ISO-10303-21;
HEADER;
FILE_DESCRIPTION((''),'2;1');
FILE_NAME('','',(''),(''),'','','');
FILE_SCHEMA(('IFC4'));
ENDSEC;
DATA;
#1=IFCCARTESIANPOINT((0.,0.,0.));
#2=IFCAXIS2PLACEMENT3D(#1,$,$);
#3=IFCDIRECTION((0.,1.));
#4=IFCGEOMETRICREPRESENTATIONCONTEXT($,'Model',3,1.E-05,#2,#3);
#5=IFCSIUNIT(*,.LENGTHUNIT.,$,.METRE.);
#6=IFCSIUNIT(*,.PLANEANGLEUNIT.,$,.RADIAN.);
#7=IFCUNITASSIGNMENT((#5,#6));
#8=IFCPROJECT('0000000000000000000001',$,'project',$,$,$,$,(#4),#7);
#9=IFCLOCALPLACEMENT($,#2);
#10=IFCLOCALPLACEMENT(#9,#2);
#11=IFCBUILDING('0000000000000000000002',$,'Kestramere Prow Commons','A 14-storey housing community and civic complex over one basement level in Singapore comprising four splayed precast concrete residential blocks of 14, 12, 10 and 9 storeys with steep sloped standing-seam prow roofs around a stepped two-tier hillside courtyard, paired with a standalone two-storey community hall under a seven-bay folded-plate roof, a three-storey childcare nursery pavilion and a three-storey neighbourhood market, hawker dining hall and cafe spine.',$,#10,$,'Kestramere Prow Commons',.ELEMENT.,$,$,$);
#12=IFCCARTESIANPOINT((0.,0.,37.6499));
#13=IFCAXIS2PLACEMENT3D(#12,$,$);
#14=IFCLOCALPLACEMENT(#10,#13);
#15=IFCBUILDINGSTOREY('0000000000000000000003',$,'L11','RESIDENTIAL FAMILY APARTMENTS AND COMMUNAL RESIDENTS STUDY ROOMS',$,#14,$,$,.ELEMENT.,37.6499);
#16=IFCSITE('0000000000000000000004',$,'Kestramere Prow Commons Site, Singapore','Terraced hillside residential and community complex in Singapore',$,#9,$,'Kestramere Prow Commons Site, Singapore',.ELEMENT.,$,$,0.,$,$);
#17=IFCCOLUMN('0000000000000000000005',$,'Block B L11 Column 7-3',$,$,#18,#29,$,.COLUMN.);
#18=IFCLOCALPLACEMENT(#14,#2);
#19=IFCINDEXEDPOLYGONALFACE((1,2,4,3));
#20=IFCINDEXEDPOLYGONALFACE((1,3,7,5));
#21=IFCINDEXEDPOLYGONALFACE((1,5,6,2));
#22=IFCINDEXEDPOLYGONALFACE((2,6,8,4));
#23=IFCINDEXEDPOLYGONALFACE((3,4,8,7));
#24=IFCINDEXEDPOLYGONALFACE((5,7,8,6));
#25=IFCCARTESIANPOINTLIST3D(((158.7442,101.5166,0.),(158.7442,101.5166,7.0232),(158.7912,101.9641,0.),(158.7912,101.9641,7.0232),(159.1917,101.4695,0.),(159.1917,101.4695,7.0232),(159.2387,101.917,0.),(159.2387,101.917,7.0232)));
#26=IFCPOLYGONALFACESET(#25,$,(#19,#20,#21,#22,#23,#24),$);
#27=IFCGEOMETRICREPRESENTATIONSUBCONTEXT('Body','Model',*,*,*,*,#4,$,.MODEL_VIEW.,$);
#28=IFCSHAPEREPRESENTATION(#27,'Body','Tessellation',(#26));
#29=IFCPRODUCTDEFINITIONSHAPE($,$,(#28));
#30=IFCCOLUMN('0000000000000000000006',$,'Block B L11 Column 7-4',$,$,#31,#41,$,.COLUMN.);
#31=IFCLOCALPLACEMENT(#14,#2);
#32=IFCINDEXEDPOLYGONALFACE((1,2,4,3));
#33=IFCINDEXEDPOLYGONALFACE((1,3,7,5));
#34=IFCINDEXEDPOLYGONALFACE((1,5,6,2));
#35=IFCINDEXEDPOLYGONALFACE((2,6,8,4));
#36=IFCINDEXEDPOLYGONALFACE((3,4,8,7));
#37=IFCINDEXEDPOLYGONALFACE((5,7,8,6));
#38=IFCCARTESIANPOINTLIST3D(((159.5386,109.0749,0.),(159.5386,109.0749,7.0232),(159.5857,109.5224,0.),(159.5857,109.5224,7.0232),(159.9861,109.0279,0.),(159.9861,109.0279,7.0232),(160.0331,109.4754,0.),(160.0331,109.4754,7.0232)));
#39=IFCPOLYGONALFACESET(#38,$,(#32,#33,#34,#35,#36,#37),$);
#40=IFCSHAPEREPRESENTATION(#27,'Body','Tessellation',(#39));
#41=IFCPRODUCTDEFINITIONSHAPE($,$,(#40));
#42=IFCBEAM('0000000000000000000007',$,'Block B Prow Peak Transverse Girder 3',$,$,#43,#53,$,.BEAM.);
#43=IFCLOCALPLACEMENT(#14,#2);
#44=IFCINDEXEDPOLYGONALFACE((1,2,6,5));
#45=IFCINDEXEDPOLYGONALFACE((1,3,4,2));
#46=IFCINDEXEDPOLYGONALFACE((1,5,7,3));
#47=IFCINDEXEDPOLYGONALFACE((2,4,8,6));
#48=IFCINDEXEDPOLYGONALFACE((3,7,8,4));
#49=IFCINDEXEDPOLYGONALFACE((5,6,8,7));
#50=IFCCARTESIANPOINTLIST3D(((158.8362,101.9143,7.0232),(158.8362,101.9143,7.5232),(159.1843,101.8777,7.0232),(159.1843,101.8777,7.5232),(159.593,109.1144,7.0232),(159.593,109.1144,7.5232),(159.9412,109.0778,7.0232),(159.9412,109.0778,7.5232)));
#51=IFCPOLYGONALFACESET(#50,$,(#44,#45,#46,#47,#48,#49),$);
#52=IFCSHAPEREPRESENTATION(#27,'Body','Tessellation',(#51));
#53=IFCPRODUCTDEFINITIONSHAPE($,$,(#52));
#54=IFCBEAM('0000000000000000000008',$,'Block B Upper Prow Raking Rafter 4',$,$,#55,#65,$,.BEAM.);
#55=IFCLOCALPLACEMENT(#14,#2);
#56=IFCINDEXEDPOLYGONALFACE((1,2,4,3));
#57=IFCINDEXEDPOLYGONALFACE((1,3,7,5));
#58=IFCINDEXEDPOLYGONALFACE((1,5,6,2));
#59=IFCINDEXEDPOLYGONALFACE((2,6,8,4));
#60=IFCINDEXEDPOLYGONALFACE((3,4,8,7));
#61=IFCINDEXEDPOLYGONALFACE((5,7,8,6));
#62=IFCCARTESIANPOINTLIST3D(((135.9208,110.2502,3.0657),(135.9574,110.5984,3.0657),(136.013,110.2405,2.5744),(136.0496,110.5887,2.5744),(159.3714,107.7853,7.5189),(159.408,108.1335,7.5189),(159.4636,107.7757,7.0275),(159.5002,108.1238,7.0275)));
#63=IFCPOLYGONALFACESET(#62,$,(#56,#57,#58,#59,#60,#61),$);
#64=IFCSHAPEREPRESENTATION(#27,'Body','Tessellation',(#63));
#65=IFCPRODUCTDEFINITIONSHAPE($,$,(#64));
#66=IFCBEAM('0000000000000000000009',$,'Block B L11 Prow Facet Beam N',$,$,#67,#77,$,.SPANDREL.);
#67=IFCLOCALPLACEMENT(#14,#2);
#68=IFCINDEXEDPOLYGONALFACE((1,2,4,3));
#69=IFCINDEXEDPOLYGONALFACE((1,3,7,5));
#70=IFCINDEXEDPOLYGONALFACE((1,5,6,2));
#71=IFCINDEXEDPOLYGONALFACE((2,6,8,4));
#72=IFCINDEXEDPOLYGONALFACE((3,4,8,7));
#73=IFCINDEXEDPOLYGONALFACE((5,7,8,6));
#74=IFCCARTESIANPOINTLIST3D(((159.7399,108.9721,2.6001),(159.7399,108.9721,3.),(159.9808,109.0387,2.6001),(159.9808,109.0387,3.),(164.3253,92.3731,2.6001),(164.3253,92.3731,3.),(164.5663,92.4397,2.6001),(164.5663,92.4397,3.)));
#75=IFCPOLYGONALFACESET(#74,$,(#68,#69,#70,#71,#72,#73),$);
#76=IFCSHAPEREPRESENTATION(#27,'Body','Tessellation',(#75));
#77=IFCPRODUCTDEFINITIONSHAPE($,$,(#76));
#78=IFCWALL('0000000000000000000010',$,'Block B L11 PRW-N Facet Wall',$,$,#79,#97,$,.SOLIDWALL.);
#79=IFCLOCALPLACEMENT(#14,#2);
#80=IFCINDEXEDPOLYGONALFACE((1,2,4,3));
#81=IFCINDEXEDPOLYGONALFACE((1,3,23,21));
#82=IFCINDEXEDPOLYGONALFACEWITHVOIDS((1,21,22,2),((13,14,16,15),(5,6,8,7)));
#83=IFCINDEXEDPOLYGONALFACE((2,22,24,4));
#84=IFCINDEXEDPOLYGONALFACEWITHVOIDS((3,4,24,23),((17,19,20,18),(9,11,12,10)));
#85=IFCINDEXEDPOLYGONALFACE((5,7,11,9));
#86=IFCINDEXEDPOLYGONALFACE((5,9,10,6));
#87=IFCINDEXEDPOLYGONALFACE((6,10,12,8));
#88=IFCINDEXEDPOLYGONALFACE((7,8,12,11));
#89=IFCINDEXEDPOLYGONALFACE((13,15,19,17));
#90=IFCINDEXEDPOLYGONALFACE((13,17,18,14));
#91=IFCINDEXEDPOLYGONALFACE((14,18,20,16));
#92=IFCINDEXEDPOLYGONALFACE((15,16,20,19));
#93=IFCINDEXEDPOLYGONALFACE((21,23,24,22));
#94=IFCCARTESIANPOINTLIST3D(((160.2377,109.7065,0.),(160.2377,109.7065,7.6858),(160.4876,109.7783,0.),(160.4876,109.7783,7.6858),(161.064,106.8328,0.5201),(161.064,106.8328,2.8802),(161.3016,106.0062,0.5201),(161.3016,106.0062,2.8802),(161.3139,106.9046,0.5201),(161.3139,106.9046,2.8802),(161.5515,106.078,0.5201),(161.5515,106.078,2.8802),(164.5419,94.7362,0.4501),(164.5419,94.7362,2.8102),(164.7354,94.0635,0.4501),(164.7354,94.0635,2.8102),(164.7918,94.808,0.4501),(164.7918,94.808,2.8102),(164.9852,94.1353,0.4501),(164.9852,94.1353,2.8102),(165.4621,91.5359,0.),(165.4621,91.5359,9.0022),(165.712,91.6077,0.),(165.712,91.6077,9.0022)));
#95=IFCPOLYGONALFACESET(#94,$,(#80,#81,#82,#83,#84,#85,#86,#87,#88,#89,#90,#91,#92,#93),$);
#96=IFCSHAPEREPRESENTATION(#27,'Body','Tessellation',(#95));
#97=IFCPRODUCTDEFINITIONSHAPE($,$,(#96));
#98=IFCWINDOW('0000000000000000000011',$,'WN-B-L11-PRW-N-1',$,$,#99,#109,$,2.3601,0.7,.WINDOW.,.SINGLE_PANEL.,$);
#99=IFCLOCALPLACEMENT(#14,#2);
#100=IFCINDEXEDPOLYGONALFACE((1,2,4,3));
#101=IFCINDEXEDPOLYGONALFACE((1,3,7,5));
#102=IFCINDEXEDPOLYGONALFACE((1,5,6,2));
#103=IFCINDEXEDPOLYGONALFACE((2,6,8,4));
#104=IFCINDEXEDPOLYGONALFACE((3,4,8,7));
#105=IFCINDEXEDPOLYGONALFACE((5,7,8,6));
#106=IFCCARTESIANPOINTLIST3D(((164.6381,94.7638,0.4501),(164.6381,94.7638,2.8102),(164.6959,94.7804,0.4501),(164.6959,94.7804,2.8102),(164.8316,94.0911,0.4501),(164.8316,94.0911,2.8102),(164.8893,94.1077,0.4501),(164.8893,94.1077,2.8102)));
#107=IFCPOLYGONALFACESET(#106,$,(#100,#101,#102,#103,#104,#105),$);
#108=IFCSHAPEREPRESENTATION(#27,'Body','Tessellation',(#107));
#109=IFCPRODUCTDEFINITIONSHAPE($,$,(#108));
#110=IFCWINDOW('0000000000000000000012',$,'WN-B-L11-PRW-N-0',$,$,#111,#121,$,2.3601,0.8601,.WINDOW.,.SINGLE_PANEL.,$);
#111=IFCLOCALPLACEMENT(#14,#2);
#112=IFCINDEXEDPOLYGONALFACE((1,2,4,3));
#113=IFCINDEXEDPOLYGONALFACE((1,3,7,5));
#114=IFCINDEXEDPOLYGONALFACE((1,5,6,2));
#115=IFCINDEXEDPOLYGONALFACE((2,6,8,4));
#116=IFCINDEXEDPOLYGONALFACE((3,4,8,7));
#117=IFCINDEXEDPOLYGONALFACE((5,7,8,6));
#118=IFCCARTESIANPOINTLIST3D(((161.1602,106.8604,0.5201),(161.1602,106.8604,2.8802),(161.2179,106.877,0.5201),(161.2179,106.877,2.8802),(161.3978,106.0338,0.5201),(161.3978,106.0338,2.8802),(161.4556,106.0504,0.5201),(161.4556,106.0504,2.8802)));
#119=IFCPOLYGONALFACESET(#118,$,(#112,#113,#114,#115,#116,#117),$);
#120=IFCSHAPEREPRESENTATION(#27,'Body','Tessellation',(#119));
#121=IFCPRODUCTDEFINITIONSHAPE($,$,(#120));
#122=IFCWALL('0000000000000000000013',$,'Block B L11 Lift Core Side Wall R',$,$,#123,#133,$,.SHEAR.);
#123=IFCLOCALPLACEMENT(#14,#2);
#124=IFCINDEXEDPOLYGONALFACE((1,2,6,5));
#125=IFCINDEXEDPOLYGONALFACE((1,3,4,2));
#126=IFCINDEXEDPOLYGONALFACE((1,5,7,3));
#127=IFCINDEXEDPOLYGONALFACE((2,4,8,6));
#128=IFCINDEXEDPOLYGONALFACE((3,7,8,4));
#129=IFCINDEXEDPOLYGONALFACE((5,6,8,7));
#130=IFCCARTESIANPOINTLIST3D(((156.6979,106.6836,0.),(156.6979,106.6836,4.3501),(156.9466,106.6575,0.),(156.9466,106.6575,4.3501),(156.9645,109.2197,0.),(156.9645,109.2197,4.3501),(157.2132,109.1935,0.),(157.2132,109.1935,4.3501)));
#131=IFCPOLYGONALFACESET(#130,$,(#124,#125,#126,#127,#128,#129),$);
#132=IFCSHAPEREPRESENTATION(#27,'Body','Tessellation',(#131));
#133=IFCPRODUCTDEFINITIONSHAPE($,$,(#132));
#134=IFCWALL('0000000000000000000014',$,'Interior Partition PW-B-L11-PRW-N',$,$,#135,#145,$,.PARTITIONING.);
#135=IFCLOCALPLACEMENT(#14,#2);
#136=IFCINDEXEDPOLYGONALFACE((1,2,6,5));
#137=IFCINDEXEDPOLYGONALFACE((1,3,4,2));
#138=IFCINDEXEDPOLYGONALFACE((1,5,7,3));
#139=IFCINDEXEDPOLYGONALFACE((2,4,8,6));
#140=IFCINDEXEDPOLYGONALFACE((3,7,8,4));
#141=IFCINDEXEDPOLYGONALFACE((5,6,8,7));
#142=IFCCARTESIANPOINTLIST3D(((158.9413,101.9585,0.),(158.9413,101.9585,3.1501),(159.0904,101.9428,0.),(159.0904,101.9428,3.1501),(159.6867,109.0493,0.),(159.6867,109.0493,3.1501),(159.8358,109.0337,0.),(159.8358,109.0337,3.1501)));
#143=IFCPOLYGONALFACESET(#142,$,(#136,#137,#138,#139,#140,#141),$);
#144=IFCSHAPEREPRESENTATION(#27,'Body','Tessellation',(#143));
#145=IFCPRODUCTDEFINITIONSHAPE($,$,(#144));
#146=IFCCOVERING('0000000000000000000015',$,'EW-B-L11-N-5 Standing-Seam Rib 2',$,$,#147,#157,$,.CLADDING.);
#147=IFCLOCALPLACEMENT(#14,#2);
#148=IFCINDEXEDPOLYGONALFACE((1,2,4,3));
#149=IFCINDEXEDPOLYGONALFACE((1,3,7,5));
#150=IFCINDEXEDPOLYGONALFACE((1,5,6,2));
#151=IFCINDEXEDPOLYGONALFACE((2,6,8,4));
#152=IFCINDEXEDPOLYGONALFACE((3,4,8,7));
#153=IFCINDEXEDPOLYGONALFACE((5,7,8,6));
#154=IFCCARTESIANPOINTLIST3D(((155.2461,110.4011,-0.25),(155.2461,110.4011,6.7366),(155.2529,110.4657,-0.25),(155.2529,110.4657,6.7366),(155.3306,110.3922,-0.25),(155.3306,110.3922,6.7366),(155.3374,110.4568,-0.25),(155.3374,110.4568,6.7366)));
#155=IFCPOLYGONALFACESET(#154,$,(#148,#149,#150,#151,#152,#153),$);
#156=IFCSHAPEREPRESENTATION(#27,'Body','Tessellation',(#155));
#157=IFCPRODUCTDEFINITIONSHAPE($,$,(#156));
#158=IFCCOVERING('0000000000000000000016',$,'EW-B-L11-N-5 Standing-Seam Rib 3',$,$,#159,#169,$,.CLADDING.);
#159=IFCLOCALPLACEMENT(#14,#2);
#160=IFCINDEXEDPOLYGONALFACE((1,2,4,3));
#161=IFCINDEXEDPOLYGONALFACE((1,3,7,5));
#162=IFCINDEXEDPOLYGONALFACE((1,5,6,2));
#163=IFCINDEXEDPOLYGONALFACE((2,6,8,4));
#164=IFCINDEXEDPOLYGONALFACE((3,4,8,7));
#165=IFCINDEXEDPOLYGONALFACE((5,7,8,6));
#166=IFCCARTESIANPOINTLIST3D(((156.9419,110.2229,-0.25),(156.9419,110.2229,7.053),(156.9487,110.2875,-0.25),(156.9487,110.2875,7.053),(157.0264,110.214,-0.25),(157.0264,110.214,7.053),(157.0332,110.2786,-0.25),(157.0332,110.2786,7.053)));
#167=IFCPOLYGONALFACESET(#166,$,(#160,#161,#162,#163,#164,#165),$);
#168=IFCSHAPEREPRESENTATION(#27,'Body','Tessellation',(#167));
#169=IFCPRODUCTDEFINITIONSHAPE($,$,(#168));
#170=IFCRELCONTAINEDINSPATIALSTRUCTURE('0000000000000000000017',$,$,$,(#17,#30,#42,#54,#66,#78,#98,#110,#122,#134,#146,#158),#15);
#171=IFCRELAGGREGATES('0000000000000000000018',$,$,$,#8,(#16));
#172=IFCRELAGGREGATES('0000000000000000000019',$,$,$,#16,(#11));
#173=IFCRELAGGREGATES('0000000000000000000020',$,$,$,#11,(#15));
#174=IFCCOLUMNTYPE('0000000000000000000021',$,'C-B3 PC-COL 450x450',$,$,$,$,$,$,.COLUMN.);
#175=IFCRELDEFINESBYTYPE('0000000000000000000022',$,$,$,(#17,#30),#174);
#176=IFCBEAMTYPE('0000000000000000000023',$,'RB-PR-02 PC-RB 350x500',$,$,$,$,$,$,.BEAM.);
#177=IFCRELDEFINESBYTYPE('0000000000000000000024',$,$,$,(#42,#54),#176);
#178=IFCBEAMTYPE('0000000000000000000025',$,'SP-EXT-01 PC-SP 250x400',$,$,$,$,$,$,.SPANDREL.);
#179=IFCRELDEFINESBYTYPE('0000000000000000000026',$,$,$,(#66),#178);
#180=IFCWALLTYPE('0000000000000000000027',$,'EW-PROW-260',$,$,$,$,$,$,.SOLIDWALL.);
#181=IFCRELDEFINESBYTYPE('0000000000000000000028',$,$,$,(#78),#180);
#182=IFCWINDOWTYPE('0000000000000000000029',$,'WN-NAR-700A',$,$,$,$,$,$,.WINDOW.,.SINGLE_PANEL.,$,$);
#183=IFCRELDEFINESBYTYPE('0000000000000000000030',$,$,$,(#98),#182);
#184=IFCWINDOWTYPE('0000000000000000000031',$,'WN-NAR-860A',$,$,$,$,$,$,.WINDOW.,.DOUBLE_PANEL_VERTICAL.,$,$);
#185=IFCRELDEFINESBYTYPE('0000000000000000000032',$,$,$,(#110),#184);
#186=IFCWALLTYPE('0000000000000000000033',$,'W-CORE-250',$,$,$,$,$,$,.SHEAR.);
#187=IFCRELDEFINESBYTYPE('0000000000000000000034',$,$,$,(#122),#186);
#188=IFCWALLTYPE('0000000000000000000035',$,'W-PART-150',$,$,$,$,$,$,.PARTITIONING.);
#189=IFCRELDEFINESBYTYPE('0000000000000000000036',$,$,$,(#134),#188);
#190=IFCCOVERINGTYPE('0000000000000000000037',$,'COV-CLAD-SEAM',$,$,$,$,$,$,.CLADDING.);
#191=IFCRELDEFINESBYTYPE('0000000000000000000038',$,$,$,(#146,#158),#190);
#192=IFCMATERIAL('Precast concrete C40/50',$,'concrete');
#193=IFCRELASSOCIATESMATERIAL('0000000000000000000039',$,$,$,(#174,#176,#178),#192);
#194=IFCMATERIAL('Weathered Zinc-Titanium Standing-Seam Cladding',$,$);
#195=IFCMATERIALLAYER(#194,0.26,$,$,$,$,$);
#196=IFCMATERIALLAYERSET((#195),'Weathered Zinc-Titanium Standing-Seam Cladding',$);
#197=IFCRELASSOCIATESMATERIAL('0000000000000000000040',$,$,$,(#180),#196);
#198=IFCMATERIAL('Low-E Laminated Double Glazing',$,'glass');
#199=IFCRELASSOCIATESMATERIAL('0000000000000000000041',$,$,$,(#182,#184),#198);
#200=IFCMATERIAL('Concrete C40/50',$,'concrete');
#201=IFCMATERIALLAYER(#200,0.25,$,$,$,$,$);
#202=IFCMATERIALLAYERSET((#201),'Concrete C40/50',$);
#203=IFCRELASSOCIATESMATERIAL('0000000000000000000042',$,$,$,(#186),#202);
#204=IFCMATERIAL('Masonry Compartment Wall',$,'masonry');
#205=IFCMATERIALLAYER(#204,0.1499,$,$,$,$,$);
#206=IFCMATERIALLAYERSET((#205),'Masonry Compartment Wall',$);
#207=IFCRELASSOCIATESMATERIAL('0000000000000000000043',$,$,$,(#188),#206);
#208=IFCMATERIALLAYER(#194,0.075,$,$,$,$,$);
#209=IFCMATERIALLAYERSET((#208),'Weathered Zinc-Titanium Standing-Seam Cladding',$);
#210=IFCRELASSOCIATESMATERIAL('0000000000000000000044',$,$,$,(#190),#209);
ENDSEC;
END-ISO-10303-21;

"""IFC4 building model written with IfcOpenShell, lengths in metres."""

from ifc_helpers import new_model, si_unit, direction, frame, frame_2d, origin, origin_2d, place, context, subcontext, project, spatial, polyline, rectangle, outline, extrude, material, layer, layer_set, material_profile, profile_set, type_object, element, fill, save


model = new_model("IFC4")

# Units and contexts
model_context = context("Model", 3, precision=1e-05, world=origin(), true_north=direction((0.0, 1.0)))
body_context = subcontext(model_context, "Body", "Model", "MODEL_VIEW")
ifc_project = project(units=[si_unit("LENGTHUNIT", "METRE"), si_unit("PLANEANGLEUNIT", "RADIAN")], contexts=[model_context])

# Site, building, storey
site_placement = place(None, origin())
site = spatial("IfcSite", under=ifc_project, at=site_placement, Name="Kestramere Prow Commons Site, Singapore", Description="Terraced hillside residential and community complex in Singapore", LongName="Kestramere Prow Commons Site, Singapore", CompositionType="ELEMENT", RefElevation=0.0)
building_placement = place(site_placement, origin())
building = spatial("IfcBuilding", under=site, at=building_placement, Name="Kestramere Prow Commons", Description="A 14-storey housing community and civic complex over one basement level in Singapore comprising four splayed precast concrete residential blocks of 14, 12, 10 and 9 storeys with steep sloped standing-seam prow roofs around a stepped two-tier hillside courtyard, paired with a standalone two-storey community hall under a seven-bay folded-plate roof, a three-storey childcare nursery pavilion and a three-storey neighbourhood market, hawker dining hall and cafe spine.", LongName="Kestramere Prow Commons", CompositionType="ELEMENT")
storey_placement = place(building_placement, frame((0.0, 0.0, 37.6499)))
storey = spatial("IfcBuildingStorey", under=building, at=storey_placement, Name="L11", Description="RESIDENTIAL FAMILY APARTMENTS AND COMMUNAL RESIDENTS STUDY ROOMS", CompositionType="ELEMENT", Elevation=37.6499)

# Columns
ifc_material_1 = material(Name="Precast concrete C40/50", Category="concrete")
ifc_material_profile_1 = material_profile(ifc_material_1, rectangle(XDim=0.45, YDim=0.45, at=origin_2d()), Name="PC-COL 450x450")
ifc_profile_set_1 = profile_set([ifc_material_profile_1], Name="Precast concrete C40/50")
column_type = type_object("IfcColumnType", Name="C-B3 PC-COL 450x450", PredefinedType="COLUMN", material=ifc_profile_set_1)
for number, where, z_axis, x_axis, name in (
    (1, (158.9915, 101.7168, 0.0), (0.0, 0.0, 1.0), (0.994522, -0.104528, 0.0), "Block B L11 Column 7-3"),
    (2, (159.7859, 109.2751, 0.0), (0.0, 0.0, 1.0), (0.994522, -0.104528, 0.0), "Block B L11 Column 7-4"),
):
    element("IfcColumn", number, at=place(storey_placement, frame(where, z_axis=z_axis, x_axis=x_axis)), inside=storey, type_object=column_type, Name=name, PredefinedType="COLUMN", context=body_context, shape_type="SweptSolid", body=[
        extrude(rectangle(XDim=0.45, YDim=0.45, at=origin_2d()), origin(), (0.0, 0.0, 1.0), 7.0232),
    ])

# Beams
ifc_material_profile_2 = material_profile(ifc_material_1, rectangle(XDim=0.3501, YDim=0.5, at=origin_2d()), Name="PC-RB 350x500")
ifc_profile_set_2 = profile_set([ifc_material_profile_2], Name="Precast concrete C40/50")
beam_type_1 = type_object("IfcBeamType", Name="RB-PR-02 PC-RB 350x500", PredefinedType="BEAM", material=ifc_profile_set_2)
beam_1_placement = place(storey_placement, frame((159.0103, 101.896, 7.2732), z_axis=(0.104537, 0.994521, 0.0), x_axis=(-0.994521, 0.104537, 0.0)))
element("IfcBeam", 3, at=beam_1_placement, inside=storey, type_object=beam_type_1, Name="Block B Prow Peak Transverse Girder 3", PredefinedType="BEAM", context=body_context, shape_type="SweptSolid", body=[
    extrude(rectangle(XDim=0.3501, YDim=0.5, at=origin_2d()), origin(), (0.0, 0.0, 1.0), 7.2397),
])
beam_2_placement = place(storey_placement, frame((159.4358, 107.9546, 7.2732), z_axis=(-0.977247, 0.102716, -0.185573), x_axis=(-0.104532, -0.994522, 0.0)))
element("IfcBeam", 4, at=beam_2_placement, inside=storey, type_object=beam_type_1, Name="Block B Upper Prow Raking Rafter 4", PredefinedType="BEAM", context=body_context, shape_type="SweptSolid", body=[
    extrude(rectangle(XDim=0.3501, YDim=0.5, at=origin_2d()), origin(), (0.0, 0.0, 1.0), 23.9966),
])
ifc_material_profile_3 = material_profile(ifc_material_1, rectangle(XDim=0.25, YDim=0.3999, at=origin_2d()), Name="PC-SP 250x400")
ifc_profile_set_3 = profile_set([ifc_material_profile_3], Name="Precast concrete C40/50")
beam_type_2 = type_object("IfcBeamType", Name="SP-EXT-01 PC-SP 250x400", PredefinedType="SPANDREL", material=ifc_profile_set_3)
beam_3_placement = place(storey_placement, frame((159.8604, 109.0054, 2.8), z_axis=(0.266277, -0.963897, 0.0), x_axis=(0.963897, 0.266277, 0.0)))
element("IfcBeam", 5, at=beam_3_placement, inside=storey, type_object=beam_type_2, Name="Block B L11 Prow Facet Beam N", PredefinedType="SPANDREL", context=body_context, shape_type="SweptSolid", body=[
    extrude(rectangle(XDim=0.25, YDim=0.3999, at=origin_2d()), origin(), (0.0, 0.0, 1.0), 17.2207),
])

# Wall, openings, windows
ifc_material_2 = material(Name="Weathered Zinc-Titanium Standing-Seam Cladding")
ifc_layer_1 = layer(ifc_material_2, 0.26)
ifc_layer_set_1 = layer_set([ifc_layer_1], Name="Weathered Zinc-Titanium Standing-Seam Cladding")
wall_type_1 = type_object("IfcWallType", Name="EW-PROW-260", PredefinedType="SOLIDWALL", material=ifc_layer_set_1)
wall_1_placement = place(storey_placement, frame((160.3628, 109.7424, 0.0), z_axis=(0.0, 0.0, 1.0), x_axis=(0.276322, -0.961065, 0.0)))
wall_1 = element("IfcWall", 6, at=wall_1_placement, inside=storey, type_object=wall_type_1, Name="Block B L11 PRW-N Facet Wall", PredefinedType="SOLIDWALL", context=body_context, shape_type="SweptSolid", body=[
    extrude(outline(polyline([(0.0, 0.0), (18.9067, 0.0), (18.9067, 9.0022), (0.0, 7.6858), (0.0, 0.0)])), frame((0.0, 0.1299, 0.0), z_axis=(0.0, -1.0, 0.0), x_axis=(1.0, 0.0, 0.0)), (0.0, 0.0, 1.0), 0.26),
])
opening_1_placement = place(wall_1_placement, frame((2.99, 0.0, 0.52)))
opening_1 = element("IfcOpeningElement", 7, at=opening_1_placement, cuts=wall_1, PredefinedType="OPENING", context=body_context, shape_type="SweptSolid", body=[
    extrude(rectangle(XDim=0.8601, YDim=2.3601, at=frame_2d((0.4302, 1.1802))), frame((0.0, 0.145, 0.0), z_axis=(0.0, -1.0, 0.0), x_axis=(1.0, 0.0, 0.0)), (0.0, 0.0, 1.0), 0.29),
])
opening_2_placement = place(wall_1_placement, frame((15.5767, 0.0, 0.45)))
opening_2 = element("IfcOpeningElement", 8, at=opening_2_placement, cuts=wall_1, PredefinedType="OPENING", context=body_context, shape_type="SweptSolid", body=[
    extrude(rectangle(XDim=0.7, YDim=2.3601, at=frame_2d((0.3501, 1.1802))), frame((0.0, 0.145, 0.0), z_axis=(0.0, -1.0, 0.0), x_axis=(1.0, 0.0, 0.0)), (0.0, 0.0, 1.0), 0.29),
])
ifc_material_3 = material(Name="Low-E Laminated Double Glazing", Category="glass")
window_type_1 = type_object("IfcWindowType", Name="WN-NAR-700A", PartitioningType="SINGLE_PANEL", PredefinedType="WINDOW", material=ifc_material_3)
window_1_placement = place(opening_2_placement, origin())
window_1 = element("IfcWindow", 9, at=window_1_placement, inside=storey, type_object=window_type_1, Name="WN-B-L11-PRW-N-1", OverallHeight=2.3601, OverallWidth=0.7, PartitioningType="SINGLE_PANEL", PredefinedType="WINDOW", context=body_context, shape_type="SweptSolid", body=[
    extrude(rectangle(XDim=0.7, YDim=2.3601, at=frame_2d((0.3501, 1.1802))), frame((0.0, 0.03, 0.0), z_axis=(0.0, -1.0, 0.0), x_axis=(1.0, 0.0, 0.0)), (0.0, 0.0, 1.0), 0.0601),
])
fill(opening_2, window_1)
window_type_2 = type_object("IfcWindowType", Name="WN-NAR-860A", PartitioningType="DOUBLE_PANEL_VERTICAL", PredefinedType="WINDOW", material=ifc_material_3)
window_2_placement = place(opening_1_placement, origin())
window_2 = element("IfcWindow", 10, at=window_2_placement, inside=storey, type_object=window_type_2, Name="WN-B-L11-PRW-N-0", OverallHeight=2.3601, OverallWidth=0.8601, PartitioningType="SINGLE_PANEL", PredefinedType="WINDOW", context=body_context, shape_type="SweptSolid", body=[
    extrude(rectangle(XDim=0.8601, YDim=2.3601, at=frame_2d((0.4302, 1.1802))), frame((0.0, 0.03, 0.0), z_axis=(0.0, -1.0, 0.0), x_axis=(1.0, 0.0, 0.0)), (0.0, 0.0, 1.0), 0.0601),
])
fill(opening_1, window_2)

# Wall
ifc_material_4 = material(Name="Concrete C40/50", Category="concrete")
ifc_layer_2 = layer(ifc_material_4, 0.25)
ifc_layer_set_2 = layer_set([ifc_layer_2], Name="Concrete C40/50")
wall_type_2 = type_object("IfcWallType", Name="W-CORE-250", PredefinedType="SHEAR", material=ifc_layer_set_2)
wall_2_placement = place(storey_placement, frame((156.8223, 106.6707, 0.0), z_axis=(0.0, 0.0, 1.0), x_axis=(0.104545, 0.99452, 0.0)))
element("IfcWall", 11, at=wall_2_placement, inside=storey, type_object=wall_type_2, Name="Block B L11 Lift Core Side Wall R", PredefinedType="SHEAR", context=body_context, shape_type="SweptSolid", body=[
    extrude(rectangle(XDim=2.55, YDim=0.25, at=frame_2d((1.2749, 0.0))), origin(), (0.0, 0.0, 1.0), 4.3501),
])

# Wall
ifc_material_5 = material(Name="Masonry Compartment Wall", Category="masonry")
ifc_layer_3 = layer(ifc_material_5, 0.1499)
ifc_layer_set_3 = layer_set([ifc_layer_3], Name="Masonry Compartment Wall")
wall_type_3 = type_object("IfcWallType", Name="W-PART-150", PredefinedType="PARTITIONING", material=ifc_layer_set_3)
wall_3_placement = place(storey_placement, frame((159.0159, 101.9507, 0.0), z_axis=(0.0, 0.0, 1.0), x_axis=(0.10454, 0.994521, 0.0)))
element("IfcWall", 12, at=wall_3_placement, inside=storey, type_object=wall_type_3, Name="Interior Partition PW-B-L11-PRW-N", PredefinedType="PARTITIONING", context=body_context, shape_type="SweptSolid", body=[
    extrude(rectangle(XDim=7.1299, YDim=0.1499, at=frame_2d((3.5649, 0.0))), origin(), (0.0, 0.0, 1.0), 3.1501),
])

# Coverings
ifc_layer_4 = layer(ifc_material_2, 0.075)
ifc_layer_set_4 = layer_set([ifc_layer_4], Name="Weathered Zinc-Titanium Standing-Seam Cladding")
covering_type = type_object("IfcCoveringType", Name="COV-CLAD-SEAM", PredefinedType="CLADDING", material=ifc_layer_set_4)
covering_1_placement = place(storey_placement, frame((155.2917, 110.429, -0.25), z_axis=(0.0, 0.0, 1.0), x_axis=(0.994522, -0.104528, 0.0)))
element("IfcCovering", 13, at=covering_1_placement, inside=storey, type_object=covering_type, Name="EW-B-L11-N-5 Standing-Seam Rib 2", PredefinedType="CLADDING", context=body_context, shape_type="SweptSolid", body=[
    extrude(rectangle(XDim=0.085, YDim=0.0649, at=origin_2d()), origin(), (0.0, 0.0, 1.0), 6.9866),
])
covering_2_placement = place(storey_placement, frame((156.9875, 110.2507, -0.25), z_axis=(0.0, 0.0, 1.0), x_axis=(0.994522, -0.104528, 0.0)))
element("IfcCovering", 14, at=covering_2_placement, inside=storey, type_object=covering_type, Name="EW-B-L11-N-5 Standing-Seam Rib 3", PredefinedType="CLADDING", context=body_context, shape_type="SweptSolid", body=[
    extrude(rectangle(XDim=0.085, YDim=0.0649, at=origin_2d()), origin(), (0.0, 0.0, 1.0), 7.303),
])

save(model, "model.ifc")
